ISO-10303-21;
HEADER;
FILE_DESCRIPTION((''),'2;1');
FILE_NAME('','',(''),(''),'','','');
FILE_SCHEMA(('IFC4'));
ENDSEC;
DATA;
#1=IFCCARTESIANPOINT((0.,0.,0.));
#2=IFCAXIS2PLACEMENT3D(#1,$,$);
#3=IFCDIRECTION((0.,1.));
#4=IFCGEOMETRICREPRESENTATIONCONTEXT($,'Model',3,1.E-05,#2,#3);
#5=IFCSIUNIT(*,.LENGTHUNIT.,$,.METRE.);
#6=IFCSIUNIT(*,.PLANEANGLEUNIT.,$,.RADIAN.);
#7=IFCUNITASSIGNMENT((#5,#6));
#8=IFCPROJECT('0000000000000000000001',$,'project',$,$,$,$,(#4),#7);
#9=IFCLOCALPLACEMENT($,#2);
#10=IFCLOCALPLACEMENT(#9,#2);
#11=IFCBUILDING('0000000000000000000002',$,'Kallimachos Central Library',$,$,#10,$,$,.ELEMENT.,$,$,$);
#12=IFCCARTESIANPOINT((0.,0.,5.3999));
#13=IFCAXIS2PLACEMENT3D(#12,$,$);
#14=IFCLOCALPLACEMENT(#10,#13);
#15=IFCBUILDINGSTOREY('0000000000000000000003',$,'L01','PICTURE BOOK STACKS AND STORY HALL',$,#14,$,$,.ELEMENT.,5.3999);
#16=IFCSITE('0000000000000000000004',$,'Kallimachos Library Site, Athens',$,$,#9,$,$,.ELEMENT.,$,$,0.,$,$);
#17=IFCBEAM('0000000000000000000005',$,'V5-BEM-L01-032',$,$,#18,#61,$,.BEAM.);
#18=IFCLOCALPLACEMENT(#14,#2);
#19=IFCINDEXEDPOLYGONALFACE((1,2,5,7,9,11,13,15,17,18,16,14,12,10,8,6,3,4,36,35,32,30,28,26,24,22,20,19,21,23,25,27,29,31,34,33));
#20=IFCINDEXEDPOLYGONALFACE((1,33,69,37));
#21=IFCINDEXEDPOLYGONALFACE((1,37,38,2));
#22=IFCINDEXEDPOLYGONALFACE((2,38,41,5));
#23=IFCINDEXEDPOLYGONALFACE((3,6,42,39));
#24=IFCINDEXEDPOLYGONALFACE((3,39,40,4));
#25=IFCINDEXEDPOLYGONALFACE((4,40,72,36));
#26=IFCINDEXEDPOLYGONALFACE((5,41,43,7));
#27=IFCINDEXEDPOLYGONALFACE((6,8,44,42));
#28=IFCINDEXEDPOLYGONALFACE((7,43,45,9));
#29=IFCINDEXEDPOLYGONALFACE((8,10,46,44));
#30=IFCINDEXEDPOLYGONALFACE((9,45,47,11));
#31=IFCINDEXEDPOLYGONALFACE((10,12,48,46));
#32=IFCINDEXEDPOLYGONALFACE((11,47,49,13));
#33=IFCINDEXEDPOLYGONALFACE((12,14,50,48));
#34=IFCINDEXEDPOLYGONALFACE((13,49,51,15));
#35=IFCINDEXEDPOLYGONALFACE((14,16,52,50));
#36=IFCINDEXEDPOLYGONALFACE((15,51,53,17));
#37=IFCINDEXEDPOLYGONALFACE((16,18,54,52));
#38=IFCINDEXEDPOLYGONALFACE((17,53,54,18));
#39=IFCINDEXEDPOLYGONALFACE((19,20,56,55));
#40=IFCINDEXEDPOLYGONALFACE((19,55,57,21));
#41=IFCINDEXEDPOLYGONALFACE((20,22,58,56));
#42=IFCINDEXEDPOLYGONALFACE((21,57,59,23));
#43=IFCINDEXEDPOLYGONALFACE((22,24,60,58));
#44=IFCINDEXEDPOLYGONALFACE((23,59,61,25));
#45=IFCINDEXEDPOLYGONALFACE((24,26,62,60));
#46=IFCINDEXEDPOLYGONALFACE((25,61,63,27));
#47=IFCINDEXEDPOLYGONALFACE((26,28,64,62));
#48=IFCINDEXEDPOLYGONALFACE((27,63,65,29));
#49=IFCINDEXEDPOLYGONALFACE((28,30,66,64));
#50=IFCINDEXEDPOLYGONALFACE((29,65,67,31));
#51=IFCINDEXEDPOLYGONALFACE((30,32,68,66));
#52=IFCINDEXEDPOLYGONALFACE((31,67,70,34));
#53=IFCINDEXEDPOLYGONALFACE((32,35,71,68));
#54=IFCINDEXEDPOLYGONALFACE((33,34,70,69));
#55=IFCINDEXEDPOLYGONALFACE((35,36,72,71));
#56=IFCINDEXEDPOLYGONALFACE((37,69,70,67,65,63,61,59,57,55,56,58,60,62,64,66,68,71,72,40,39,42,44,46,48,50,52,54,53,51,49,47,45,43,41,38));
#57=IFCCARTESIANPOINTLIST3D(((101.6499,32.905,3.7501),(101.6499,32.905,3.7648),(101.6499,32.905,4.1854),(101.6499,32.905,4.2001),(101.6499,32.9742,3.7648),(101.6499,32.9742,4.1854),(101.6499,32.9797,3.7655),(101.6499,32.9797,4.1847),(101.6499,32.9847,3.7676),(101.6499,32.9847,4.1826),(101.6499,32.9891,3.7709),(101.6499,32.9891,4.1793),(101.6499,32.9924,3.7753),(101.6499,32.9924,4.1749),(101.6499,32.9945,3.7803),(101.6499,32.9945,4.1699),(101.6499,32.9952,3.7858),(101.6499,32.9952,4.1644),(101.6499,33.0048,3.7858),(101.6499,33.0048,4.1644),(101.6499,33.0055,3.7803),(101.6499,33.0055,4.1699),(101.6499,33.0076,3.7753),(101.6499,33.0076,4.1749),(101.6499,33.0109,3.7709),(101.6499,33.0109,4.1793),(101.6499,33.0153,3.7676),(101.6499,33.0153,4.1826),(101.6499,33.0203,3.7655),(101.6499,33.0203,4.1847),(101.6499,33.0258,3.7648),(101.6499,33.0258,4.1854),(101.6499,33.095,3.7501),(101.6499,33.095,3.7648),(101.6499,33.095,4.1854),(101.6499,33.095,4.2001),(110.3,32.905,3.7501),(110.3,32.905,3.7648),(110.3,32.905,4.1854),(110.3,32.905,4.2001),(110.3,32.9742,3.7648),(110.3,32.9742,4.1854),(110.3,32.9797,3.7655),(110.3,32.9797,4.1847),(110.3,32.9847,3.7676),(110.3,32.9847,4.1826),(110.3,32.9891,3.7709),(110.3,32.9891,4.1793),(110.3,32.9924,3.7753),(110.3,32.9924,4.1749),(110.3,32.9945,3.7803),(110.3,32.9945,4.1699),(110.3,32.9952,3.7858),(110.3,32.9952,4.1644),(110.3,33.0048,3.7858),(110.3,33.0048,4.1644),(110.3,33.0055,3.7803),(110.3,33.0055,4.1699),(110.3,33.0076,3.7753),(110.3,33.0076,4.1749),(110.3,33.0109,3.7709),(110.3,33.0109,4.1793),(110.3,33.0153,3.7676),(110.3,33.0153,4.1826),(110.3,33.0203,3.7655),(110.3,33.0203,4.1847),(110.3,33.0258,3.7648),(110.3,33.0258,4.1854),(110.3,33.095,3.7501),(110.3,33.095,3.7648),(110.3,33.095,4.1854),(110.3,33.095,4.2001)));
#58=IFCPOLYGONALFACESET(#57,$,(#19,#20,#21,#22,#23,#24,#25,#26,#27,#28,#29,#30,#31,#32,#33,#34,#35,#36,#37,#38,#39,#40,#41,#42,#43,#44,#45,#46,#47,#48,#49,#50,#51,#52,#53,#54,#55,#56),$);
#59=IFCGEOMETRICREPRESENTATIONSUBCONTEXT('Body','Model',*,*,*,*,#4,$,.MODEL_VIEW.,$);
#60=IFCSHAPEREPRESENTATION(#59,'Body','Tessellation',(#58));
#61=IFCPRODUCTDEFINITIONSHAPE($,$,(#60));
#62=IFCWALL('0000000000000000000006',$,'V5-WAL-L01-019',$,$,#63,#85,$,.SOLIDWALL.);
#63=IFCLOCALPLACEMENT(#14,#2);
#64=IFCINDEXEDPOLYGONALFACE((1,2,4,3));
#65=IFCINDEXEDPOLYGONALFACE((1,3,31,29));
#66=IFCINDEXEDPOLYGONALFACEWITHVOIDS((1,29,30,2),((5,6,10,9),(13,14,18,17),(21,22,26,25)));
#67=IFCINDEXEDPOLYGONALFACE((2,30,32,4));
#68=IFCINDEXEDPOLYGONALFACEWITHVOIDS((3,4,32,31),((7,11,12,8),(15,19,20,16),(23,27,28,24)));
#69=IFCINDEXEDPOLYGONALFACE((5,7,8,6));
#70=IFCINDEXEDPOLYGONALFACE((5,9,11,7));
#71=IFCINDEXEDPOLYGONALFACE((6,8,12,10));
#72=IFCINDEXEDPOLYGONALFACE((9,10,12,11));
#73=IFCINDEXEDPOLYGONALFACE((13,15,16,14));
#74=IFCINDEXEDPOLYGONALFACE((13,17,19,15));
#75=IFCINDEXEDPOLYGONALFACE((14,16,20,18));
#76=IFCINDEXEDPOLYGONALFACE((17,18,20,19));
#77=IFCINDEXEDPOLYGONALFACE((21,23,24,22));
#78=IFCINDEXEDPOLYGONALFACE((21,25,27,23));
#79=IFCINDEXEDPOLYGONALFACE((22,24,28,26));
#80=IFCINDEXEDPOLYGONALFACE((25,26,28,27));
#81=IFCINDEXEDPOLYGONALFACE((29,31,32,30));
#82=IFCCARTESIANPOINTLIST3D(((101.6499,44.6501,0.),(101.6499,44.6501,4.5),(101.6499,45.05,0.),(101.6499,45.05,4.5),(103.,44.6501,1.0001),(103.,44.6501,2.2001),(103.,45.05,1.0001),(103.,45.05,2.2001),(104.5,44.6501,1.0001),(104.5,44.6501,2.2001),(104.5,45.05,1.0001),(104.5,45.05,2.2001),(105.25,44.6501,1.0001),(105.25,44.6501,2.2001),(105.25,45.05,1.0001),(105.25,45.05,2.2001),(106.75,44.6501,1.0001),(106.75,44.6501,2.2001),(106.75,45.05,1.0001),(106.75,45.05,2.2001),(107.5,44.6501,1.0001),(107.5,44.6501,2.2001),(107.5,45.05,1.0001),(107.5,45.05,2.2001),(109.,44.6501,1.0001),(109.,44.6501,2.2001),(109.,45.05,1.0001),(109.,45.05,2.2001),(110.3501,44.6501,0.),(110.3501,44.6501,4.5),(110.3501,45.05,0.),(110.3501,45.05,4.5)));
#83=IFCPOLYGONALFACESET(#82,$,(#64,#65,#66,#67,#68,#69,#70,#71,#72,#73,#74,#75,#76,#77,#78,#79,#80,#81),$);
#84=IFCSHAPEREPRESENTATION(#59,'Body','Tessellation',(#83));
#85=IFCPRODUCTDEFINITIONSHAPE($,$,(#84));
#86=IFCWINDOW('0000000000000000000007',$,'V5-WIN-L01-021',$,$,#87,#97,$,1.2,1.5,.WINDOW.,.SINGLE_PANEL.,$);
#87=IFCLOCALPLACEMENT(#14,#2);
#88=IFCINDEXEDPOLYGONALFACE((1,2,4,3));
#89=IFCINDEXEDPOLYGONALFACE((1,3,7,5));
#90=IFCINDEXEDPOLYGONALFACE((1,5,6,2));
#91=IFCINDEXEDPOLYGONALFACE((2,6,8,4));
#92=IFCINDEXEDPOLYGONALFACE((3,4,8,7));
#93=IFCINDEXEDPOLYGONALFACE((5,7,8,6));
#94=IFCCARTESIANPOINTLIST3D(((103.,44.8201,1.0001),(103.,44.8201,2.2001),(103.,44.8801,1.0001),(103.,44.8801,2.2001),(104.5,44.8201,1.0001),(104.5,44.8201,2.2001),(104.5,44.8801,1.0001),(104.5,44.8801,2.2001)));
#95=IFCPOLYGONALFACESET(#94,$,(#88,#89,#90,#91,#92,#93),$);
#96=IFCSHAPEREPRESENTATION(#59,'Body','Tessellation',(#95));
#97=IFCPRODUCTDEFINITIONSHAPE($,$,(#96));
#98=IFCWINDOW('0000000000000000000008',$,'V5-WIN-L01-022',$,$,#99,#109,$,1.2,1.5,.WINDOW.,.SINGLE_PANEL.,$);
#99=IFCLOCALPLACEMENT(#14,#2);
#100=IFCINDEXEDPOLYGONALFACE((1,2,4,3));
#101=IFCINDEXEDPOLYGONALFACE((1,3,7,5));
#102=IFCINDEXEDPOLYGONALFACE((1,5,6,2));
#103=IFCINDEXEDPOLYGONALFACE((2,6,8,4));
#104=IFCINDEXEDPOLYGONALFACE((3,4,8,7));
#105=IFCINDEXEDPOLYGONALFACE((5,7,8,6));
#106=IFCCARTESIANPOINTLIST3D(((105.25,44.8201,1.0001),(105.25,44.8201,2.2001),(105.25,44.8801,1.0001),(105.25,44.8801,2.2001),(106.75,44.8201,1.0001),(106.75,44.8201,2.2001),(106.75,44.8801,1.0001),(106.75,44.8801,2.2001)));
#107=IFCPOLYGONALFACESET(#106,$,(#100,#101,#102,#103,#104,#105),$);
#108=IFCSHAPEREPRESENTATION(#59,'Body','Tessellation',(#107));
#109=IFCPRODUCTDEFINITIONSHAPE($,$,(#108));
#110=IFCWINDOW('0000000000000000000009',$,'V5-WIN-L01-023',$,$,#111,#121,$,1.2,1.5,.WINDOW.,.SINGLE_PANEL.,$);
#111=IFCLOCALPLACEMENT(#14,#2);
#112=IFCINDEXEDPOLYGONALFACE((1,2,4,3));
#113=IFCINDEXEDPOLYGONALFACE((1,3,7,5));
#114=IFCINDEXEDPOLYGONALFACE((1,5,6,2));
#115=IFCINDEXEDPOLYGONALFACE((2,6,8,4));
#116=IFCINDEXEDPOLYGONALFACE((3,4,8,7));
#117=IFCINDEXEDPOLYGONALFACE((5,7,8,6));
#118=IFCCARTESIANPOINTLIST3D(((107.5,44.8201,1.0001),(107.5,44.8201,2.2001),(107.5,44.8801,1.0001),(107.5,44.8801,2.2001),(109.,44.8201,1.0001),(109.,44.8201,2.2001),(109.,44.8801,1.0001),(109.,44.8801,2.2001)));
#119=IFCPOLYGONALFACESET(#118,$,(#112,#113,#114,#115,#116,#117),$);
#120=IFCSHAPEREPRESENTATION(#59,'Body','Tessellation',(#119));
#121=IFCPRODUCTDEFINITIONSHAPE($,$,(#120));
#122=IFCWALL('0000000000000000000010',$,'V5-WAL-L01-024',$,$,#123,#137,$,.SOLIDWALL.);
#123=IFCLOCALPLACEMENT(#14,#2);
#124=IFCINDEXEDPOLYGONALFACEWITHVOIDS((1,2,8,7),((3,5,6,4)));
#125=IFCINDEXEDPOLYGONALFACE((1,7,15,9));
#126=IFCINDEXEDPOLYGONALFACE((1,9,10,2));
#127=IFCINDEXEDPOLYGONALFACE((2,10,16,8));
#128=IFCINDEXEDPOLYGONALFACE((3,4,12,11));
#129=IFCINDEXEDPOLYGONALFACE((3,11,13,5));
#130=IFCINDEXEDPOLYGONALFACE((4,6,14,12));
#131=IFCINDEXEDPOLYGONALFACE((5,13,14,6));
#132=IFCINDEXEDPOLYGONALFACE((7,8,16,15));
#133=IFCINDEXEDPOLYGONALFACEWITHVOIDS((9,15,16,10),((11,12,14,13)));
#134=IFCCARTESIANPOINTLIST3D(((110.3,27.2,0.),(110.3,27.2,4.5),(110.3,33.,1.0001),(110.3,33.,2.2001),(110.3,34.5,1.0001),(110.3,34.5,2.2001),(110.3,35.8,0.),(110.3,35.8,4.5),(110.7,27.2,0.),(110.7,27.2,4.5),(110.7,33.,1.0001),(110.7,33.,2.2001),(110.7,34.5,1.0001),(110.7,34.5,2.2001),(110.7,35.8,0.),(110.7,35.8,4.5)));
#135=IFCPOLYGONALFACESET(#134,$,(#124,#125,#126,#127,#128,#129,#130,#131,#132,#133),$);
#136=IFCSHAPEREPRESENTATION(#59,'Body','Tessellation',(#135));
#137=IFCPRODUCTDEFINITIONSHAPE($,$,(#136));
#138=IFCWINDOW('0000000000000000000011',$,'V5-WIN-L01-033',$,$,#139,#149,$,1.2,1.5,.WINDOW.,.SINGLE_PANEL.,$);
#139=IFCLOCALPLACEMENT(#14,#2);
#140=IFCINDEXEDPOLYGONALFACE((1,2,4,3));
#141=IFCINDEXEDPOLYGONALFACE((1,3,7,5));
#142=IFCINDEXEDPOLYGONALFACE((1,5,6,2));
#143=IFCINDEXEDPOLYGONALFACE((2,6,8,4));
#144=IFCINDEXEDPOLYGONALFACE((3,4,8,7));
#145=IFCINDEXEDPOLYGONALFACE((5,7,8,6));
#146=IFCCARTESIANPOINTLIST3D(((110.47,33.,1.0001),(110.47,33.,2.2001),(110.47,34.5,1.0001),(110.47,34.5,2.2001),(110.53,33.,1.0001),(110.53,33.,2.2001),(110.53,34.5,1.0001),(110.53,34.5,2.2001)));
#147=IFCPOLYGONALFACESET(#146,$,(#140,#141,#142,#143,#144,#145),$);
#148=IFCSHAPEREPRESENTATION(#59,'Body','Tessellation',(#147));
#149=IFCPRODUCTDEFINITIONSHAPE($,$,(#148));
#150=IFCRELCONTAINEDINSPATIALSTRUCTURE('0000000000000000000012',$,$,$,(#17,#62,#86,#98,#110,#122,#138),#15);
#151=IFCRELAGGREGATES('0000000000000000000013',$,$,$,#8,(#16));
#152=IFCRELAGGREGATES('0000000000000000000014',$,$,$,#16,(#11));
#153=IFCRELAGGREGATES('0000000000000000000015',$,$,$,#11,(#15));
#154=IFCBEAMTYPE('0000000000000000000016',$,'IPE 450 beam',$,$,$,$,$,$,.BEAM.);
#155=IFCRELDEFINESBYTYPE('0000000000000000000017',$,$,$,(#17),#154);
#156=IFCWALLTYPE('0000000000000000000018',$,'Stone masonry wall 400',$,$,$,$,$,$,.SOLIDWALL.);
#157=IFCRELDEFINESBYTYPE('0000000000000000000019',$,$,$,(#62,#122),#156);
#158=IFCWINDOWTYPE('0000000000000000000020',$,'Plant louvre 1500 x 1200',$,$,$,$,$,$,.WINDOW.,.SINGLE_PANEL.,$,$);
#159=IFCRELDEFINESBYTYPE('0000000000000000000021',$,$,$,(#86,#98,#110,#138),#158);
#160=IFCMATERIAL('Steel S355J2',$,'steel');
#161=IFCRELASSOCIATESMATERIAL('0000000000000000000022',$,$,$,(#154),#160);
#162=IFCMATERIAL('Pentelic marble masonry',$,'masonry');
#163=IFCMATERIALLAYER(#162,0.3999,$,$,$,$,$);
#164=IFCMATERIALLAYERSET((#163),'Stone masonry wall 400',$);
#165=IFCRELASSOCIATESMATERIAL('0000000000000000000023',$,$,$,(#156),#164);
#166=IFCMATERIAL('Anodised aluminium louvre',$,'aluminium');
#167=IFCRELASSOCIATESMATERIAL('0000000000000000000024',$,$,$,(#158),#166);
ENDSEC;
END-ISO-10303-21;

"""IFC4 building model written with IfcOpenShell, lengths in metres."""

from ifc_helpers import new_model, si_unit, direction, frame, frame_2d, origin, origin_2d, place, context, subcontext, project, spatial, rectangle, i_section, extrude, material, layer, layer_set, material_profile, profile_set, type_object, element, fill, save


model = new_model("IFC4")

# Units and contexts
model_context = context("Model", 3, precision=1e-05, world=origin(), true_north=direction((0.0, 1.0)))
body_context = subcontext(model_context, "Body", "Model", "MODEL_VIEW")
ifc_project = project(units=[si_unit("LENGTHUNIT", "METRE"), si_unit("PLANEANGLEUNIT", "RADIAN")], contexts=[model_context])

# Site, building, storey
site_placement = place(None, origin())
site = spatial("IfcSite", under=ifc_project, at=site_placement, Name="Kallimachos Library Site, Athens", CompositionType="ELEMENT", RefElevation=0.0)
building_placement = place(site_placement, origin())
building = spatial("IfcBuilding", under=site, at=building_placement, Name="Kallimachos Central Library", CompositionType="ELEMENT")
storey_placement = place(building_placement, frame((0.0, 0.0, 5.3999)))
storey = spatial("IfcBuildingStorey", under=building, at=storey_placement, Name="L01", Description="PICTURE BOOK STACKS AND STORY HALL", CompositionType="ELEMENT", Elevation=5.3999)

# Beam
ifc_material_1 = material(Name="Steel S355J2", Category="steel")
ifc_material_profile_1 = material_profile(ifc_material_1, i_section(OverallWidth=0.1899, OverallDepth=0.45, WebThickness=0.0095, FlangeThickness=0.0146, FilletRadius=0.021, at=origin_2d()), Name="IPE 450")
ifc_profile_set_1 = profile_set([ifc_material_profile_1], Name="Steel S355J2")
beam_type_1 = type_object("IfcBeamType", Name="IPE 450 beam", PredefinedType="BEAM", material=ifc_profile_set_1)
for number, where, z_axis, x_axis, name in (
    (1, (101.6499, 33.0, 3.9751), (1.0, 0.0, 0.0), (0.0, 1.0, 0.0), "V5-BEM-L01-032"),
):
    element("IfcBeam", number, at=place(storey_placement, frame(where, z_axis=z_axis, x_axis=x_axis)), inside=storey, type_object=beam_type_1, Name=name, PredefinedType="BEAM", context=body_context, shape_type="SweptSolid", body=[
        extrude(i_section(OverallWidth=0.1899, OverallDepth=0.45, WebThickness=0.0095, FlangeThickness=0.0146, FilletRadius=0.021, at=origin_2d()), origin(), (0.0, 0.0, 1.0), 8.6501),
    ])

# Wall, openings, windows
ifc_material_2 = material(Name="Pentelic marble masonry", Category="masonry")
ifc_layer_1 = layer(ifc_material_2, 0.3999)
ifc_layer_set_1 = layer_set([ifc_layer_1], Name="Stone masonry wall 400")
wall_type = type_object("IfcWallType", Name="Stone masonry wall 400", PredefinedType="SOLIDWALL", material=ifc_layer_set_1)
wall_1_placement = place(storey_placement, frame((101.6499, 44.8501, 0.0), z_axis=(0.0, 0.0, 1.0), x_axis=(1.0, 0.0, 0.0)))
wall_1 = element("IfcWall", 2, at=wall_1_placement, inside=storey, type_object=wall_type, Name="V5-WAL-L01-019", PredefinedType="SOLIDWALL", context=body_context, shape_type="SweptSolid", body=[
    extrude(rectangle(XDim=8.7002, YDim=0.3999, at=frame_2d((4.3501, 0.0))), origin(), (0.0, 0.0, 1.0), 4.5),
])
opening_1_placement = place(wall_1_placement, frame((1.3501, 0.0, 1.0)))
opening_1 = element("IfcOpeningElement", 3, at=opening_1_placement, cuts=wall_1, PredefinedType="OPENING", context=body_context, shape_type="SweptSolid", body=[
    extrude(rectangle(XDim=1.5, YDim=1.2, at=frame_2d((0.75, 0.6001))), frame((0.0, 0.21, 0.0), z_axis=(0.0, -1.0, 0.0), x_axis=(1.0, 0.0, 0.0)), (0.0, 0.0, 1.0), 0.4199),
])
opening_2_placement = place(wall_1_placement, frame((3.6001, 0.0, 1.0)))
opening_2 = element("IfcOpeningElement", 4, at=opening_2_placement, cuts=wall_1, PredefinedType="OPENING", context=body_context, shape_type="SweptSolid", body=[
    extrude(rectangle(XDim=1.5, YDim=1.2, at=frame_2d((0.75, 0.6001))), frame((0.0, 0.21, 0.0), z_axis=(0.0, -1.0, 0.0), x_axis=(1.0, 0.0, 0.0)), (0.0, 0.0, 1.0), 0.4199),
])
opening_3_placement = place(wall_1_placement, frame((5.8501, 0.0, 1.0)))
opening_3 = element("IfcOpeningElement", 5, at=opening_3_placement, cuts=wall_1, PredefinedType="OPENING", context=body_context, shape_type="SweptSolid", body=[
    extrude(rectangle(XDim=1.5, YDim=1.2, at=frame_2d((0.75, 0.6001))), frame((0.0, 0.21, 0.0), z_axis=(0.0, -1.0, 0.0), x_axis=(1.0, 0.0, 0.0)), (0.0, 0.0, 1.0), 0.4199),
])
ifc_material_3 = material(Name="Anodised aluminium louvre", Category="aluminium")
window_type = type_object("IfcWindowType", Name="Plant louvre 1500 x 1200", PartitioningType="SINGLE_PANEL", PredefinedType="WINDOW", material=ifc_material_3)
window_1_placement = place(opening_1_placement, origin())
window_1 = element("IfcWindow", 6, at=window_1_placement, inside=storey, type_object=window_type, Name="V5-WIN-L01-021", OverallHeight=1.2, OverallWidth=1.5, PartitioningType="SINGLE_PANEL", PredefinedType="WINDOW", context=body_context, shape_type="SweptSolid", body=[
    extrude(rectangle(XDim=1.5, YDim=1.2, at=frame_2d((0.75, 0.6001))), frame((0.0, 0.03, 0.0), z_axis=(0.0, -1.0, 0.0), x_axis=(1.0, 0.0, 0.0)), (0.0, 0.0, 1.0), 0.0601),
])
fill(opening_1, window_1)
window_2_placement = place(opening_2_placement, origin())
window_2 = element("IfcWindow", 7, at=window_2_placement, inside=storey, type_object=window_type, Name="V5-WIN-L01-022", OverallHeight=1.2, OverallWidth=1.5, PartitioningType="SINGLE_PANEL", PredefinedType="WINDOW", context=body_context, shape_type="SweptSolid", body=[
    extrude(rectangle(XDim=1.5, YDim=1.2, at=frame_2d((0.75, 0.6001))), frame((0.0, 0.03, 0.0), z_axis=(0.0, -1.0, 0.0), x_axis=(1.0, 0.0, 0.0)), (0.0, 0.0, 1.0), 0.0601),
])
fill(opening_2, window_2)
window_3_placement = place(opening_3_placement, origin())
window_3 = element("IfcWindow", 8, at=window_3_placement, inside=storey, type_object=window_type, Name="V5-WIN-L01-023", OverallHeight=1.2, OverallWidth=1.5, PartitioningType="SINGLE_PANEL", PredefinedType="WINDOW", context=body_context, shape_type="SweptSolid", body=[
    extrude(rectangle(XDim=1.5, YDim=1.2, at=frame_2d((0.75, 0.6001))), frame((0.0, 0.03, 0.0), z_axis=(0.0, -1.0, 0.0), x_axis=(1.0, 0.0, 0.0)), (0.0, 0.0, 1.0), 0.0601),
])
fill(opening_3, window_3)

# Wall, opening, window
wall_2_placement = place(storey_placement, frame((110.5, 27.2, 0.0), z_axis=(0.0, 0.0, 1.0), x_axis=(0.0, 1.0, 0.0)))
wall_2 = element("IfcWall", 9, at=wall_2_placement, inside=storey, type_object=wall_type, Name="V5-WAL-L01-024", PredefinedType="SOLIDWALL", context=body_context, shape_type="SweptSolid", body=[
    extrude(rectangle(XDim=8.6001, YDim=0.3999, at=frame_2d((4.3, 0.0))), origin(), (0.0, 0.0, 1.0), 4.5),
])
opening_4_placement = place(wall_2_placement, frame((5.8, 0.0, 1.0)))
opening_4 = element("IfcOpeningElement", 10, at=opening_4_placement, cuts=wall_2, PredefinedType="OPENING", context=body_context, shape_type="SweptSolid", body=[
    extrude(rectangle(XDim=1.5, YDim=1.2, at=frame_2d((0.75, 0.6001))), frame((0.0, 0.21, 0.0), z_axis=(0.0, -1.0, 0.0), x_axis=(1.0, 0.0, 0.0)), (0.0, 0.0, 1.0), 0.4199),
])
window_4_placement = place(opening_4_placement, origin())
window_4 = element("IfcWindow", 11, at=window_4_placement, inside=storey, type_object=window_type, Name="V5-WIN-L01-033", OverallHeight=1.2, OverallWidth=1.5, PartitioningType="SINGLE_PANEL", PredefinedType="WINDOW", context=body_context, shape_type="SweptSolid", body=[
    extrude(rectangle(XDim=1.5, YDim=1.2, at=frame_2d((0.75, 0.6001))), frame((0.0, 0.03, 0.0), z_axis=(0.0, -1.0, 0.0), x_axis=(1.0, 0.0, 0.0)), (0.0, 0.0, 1.0), 0.0601),
])
fill(opening_4, window_4)

save(model, "model.ifc")
